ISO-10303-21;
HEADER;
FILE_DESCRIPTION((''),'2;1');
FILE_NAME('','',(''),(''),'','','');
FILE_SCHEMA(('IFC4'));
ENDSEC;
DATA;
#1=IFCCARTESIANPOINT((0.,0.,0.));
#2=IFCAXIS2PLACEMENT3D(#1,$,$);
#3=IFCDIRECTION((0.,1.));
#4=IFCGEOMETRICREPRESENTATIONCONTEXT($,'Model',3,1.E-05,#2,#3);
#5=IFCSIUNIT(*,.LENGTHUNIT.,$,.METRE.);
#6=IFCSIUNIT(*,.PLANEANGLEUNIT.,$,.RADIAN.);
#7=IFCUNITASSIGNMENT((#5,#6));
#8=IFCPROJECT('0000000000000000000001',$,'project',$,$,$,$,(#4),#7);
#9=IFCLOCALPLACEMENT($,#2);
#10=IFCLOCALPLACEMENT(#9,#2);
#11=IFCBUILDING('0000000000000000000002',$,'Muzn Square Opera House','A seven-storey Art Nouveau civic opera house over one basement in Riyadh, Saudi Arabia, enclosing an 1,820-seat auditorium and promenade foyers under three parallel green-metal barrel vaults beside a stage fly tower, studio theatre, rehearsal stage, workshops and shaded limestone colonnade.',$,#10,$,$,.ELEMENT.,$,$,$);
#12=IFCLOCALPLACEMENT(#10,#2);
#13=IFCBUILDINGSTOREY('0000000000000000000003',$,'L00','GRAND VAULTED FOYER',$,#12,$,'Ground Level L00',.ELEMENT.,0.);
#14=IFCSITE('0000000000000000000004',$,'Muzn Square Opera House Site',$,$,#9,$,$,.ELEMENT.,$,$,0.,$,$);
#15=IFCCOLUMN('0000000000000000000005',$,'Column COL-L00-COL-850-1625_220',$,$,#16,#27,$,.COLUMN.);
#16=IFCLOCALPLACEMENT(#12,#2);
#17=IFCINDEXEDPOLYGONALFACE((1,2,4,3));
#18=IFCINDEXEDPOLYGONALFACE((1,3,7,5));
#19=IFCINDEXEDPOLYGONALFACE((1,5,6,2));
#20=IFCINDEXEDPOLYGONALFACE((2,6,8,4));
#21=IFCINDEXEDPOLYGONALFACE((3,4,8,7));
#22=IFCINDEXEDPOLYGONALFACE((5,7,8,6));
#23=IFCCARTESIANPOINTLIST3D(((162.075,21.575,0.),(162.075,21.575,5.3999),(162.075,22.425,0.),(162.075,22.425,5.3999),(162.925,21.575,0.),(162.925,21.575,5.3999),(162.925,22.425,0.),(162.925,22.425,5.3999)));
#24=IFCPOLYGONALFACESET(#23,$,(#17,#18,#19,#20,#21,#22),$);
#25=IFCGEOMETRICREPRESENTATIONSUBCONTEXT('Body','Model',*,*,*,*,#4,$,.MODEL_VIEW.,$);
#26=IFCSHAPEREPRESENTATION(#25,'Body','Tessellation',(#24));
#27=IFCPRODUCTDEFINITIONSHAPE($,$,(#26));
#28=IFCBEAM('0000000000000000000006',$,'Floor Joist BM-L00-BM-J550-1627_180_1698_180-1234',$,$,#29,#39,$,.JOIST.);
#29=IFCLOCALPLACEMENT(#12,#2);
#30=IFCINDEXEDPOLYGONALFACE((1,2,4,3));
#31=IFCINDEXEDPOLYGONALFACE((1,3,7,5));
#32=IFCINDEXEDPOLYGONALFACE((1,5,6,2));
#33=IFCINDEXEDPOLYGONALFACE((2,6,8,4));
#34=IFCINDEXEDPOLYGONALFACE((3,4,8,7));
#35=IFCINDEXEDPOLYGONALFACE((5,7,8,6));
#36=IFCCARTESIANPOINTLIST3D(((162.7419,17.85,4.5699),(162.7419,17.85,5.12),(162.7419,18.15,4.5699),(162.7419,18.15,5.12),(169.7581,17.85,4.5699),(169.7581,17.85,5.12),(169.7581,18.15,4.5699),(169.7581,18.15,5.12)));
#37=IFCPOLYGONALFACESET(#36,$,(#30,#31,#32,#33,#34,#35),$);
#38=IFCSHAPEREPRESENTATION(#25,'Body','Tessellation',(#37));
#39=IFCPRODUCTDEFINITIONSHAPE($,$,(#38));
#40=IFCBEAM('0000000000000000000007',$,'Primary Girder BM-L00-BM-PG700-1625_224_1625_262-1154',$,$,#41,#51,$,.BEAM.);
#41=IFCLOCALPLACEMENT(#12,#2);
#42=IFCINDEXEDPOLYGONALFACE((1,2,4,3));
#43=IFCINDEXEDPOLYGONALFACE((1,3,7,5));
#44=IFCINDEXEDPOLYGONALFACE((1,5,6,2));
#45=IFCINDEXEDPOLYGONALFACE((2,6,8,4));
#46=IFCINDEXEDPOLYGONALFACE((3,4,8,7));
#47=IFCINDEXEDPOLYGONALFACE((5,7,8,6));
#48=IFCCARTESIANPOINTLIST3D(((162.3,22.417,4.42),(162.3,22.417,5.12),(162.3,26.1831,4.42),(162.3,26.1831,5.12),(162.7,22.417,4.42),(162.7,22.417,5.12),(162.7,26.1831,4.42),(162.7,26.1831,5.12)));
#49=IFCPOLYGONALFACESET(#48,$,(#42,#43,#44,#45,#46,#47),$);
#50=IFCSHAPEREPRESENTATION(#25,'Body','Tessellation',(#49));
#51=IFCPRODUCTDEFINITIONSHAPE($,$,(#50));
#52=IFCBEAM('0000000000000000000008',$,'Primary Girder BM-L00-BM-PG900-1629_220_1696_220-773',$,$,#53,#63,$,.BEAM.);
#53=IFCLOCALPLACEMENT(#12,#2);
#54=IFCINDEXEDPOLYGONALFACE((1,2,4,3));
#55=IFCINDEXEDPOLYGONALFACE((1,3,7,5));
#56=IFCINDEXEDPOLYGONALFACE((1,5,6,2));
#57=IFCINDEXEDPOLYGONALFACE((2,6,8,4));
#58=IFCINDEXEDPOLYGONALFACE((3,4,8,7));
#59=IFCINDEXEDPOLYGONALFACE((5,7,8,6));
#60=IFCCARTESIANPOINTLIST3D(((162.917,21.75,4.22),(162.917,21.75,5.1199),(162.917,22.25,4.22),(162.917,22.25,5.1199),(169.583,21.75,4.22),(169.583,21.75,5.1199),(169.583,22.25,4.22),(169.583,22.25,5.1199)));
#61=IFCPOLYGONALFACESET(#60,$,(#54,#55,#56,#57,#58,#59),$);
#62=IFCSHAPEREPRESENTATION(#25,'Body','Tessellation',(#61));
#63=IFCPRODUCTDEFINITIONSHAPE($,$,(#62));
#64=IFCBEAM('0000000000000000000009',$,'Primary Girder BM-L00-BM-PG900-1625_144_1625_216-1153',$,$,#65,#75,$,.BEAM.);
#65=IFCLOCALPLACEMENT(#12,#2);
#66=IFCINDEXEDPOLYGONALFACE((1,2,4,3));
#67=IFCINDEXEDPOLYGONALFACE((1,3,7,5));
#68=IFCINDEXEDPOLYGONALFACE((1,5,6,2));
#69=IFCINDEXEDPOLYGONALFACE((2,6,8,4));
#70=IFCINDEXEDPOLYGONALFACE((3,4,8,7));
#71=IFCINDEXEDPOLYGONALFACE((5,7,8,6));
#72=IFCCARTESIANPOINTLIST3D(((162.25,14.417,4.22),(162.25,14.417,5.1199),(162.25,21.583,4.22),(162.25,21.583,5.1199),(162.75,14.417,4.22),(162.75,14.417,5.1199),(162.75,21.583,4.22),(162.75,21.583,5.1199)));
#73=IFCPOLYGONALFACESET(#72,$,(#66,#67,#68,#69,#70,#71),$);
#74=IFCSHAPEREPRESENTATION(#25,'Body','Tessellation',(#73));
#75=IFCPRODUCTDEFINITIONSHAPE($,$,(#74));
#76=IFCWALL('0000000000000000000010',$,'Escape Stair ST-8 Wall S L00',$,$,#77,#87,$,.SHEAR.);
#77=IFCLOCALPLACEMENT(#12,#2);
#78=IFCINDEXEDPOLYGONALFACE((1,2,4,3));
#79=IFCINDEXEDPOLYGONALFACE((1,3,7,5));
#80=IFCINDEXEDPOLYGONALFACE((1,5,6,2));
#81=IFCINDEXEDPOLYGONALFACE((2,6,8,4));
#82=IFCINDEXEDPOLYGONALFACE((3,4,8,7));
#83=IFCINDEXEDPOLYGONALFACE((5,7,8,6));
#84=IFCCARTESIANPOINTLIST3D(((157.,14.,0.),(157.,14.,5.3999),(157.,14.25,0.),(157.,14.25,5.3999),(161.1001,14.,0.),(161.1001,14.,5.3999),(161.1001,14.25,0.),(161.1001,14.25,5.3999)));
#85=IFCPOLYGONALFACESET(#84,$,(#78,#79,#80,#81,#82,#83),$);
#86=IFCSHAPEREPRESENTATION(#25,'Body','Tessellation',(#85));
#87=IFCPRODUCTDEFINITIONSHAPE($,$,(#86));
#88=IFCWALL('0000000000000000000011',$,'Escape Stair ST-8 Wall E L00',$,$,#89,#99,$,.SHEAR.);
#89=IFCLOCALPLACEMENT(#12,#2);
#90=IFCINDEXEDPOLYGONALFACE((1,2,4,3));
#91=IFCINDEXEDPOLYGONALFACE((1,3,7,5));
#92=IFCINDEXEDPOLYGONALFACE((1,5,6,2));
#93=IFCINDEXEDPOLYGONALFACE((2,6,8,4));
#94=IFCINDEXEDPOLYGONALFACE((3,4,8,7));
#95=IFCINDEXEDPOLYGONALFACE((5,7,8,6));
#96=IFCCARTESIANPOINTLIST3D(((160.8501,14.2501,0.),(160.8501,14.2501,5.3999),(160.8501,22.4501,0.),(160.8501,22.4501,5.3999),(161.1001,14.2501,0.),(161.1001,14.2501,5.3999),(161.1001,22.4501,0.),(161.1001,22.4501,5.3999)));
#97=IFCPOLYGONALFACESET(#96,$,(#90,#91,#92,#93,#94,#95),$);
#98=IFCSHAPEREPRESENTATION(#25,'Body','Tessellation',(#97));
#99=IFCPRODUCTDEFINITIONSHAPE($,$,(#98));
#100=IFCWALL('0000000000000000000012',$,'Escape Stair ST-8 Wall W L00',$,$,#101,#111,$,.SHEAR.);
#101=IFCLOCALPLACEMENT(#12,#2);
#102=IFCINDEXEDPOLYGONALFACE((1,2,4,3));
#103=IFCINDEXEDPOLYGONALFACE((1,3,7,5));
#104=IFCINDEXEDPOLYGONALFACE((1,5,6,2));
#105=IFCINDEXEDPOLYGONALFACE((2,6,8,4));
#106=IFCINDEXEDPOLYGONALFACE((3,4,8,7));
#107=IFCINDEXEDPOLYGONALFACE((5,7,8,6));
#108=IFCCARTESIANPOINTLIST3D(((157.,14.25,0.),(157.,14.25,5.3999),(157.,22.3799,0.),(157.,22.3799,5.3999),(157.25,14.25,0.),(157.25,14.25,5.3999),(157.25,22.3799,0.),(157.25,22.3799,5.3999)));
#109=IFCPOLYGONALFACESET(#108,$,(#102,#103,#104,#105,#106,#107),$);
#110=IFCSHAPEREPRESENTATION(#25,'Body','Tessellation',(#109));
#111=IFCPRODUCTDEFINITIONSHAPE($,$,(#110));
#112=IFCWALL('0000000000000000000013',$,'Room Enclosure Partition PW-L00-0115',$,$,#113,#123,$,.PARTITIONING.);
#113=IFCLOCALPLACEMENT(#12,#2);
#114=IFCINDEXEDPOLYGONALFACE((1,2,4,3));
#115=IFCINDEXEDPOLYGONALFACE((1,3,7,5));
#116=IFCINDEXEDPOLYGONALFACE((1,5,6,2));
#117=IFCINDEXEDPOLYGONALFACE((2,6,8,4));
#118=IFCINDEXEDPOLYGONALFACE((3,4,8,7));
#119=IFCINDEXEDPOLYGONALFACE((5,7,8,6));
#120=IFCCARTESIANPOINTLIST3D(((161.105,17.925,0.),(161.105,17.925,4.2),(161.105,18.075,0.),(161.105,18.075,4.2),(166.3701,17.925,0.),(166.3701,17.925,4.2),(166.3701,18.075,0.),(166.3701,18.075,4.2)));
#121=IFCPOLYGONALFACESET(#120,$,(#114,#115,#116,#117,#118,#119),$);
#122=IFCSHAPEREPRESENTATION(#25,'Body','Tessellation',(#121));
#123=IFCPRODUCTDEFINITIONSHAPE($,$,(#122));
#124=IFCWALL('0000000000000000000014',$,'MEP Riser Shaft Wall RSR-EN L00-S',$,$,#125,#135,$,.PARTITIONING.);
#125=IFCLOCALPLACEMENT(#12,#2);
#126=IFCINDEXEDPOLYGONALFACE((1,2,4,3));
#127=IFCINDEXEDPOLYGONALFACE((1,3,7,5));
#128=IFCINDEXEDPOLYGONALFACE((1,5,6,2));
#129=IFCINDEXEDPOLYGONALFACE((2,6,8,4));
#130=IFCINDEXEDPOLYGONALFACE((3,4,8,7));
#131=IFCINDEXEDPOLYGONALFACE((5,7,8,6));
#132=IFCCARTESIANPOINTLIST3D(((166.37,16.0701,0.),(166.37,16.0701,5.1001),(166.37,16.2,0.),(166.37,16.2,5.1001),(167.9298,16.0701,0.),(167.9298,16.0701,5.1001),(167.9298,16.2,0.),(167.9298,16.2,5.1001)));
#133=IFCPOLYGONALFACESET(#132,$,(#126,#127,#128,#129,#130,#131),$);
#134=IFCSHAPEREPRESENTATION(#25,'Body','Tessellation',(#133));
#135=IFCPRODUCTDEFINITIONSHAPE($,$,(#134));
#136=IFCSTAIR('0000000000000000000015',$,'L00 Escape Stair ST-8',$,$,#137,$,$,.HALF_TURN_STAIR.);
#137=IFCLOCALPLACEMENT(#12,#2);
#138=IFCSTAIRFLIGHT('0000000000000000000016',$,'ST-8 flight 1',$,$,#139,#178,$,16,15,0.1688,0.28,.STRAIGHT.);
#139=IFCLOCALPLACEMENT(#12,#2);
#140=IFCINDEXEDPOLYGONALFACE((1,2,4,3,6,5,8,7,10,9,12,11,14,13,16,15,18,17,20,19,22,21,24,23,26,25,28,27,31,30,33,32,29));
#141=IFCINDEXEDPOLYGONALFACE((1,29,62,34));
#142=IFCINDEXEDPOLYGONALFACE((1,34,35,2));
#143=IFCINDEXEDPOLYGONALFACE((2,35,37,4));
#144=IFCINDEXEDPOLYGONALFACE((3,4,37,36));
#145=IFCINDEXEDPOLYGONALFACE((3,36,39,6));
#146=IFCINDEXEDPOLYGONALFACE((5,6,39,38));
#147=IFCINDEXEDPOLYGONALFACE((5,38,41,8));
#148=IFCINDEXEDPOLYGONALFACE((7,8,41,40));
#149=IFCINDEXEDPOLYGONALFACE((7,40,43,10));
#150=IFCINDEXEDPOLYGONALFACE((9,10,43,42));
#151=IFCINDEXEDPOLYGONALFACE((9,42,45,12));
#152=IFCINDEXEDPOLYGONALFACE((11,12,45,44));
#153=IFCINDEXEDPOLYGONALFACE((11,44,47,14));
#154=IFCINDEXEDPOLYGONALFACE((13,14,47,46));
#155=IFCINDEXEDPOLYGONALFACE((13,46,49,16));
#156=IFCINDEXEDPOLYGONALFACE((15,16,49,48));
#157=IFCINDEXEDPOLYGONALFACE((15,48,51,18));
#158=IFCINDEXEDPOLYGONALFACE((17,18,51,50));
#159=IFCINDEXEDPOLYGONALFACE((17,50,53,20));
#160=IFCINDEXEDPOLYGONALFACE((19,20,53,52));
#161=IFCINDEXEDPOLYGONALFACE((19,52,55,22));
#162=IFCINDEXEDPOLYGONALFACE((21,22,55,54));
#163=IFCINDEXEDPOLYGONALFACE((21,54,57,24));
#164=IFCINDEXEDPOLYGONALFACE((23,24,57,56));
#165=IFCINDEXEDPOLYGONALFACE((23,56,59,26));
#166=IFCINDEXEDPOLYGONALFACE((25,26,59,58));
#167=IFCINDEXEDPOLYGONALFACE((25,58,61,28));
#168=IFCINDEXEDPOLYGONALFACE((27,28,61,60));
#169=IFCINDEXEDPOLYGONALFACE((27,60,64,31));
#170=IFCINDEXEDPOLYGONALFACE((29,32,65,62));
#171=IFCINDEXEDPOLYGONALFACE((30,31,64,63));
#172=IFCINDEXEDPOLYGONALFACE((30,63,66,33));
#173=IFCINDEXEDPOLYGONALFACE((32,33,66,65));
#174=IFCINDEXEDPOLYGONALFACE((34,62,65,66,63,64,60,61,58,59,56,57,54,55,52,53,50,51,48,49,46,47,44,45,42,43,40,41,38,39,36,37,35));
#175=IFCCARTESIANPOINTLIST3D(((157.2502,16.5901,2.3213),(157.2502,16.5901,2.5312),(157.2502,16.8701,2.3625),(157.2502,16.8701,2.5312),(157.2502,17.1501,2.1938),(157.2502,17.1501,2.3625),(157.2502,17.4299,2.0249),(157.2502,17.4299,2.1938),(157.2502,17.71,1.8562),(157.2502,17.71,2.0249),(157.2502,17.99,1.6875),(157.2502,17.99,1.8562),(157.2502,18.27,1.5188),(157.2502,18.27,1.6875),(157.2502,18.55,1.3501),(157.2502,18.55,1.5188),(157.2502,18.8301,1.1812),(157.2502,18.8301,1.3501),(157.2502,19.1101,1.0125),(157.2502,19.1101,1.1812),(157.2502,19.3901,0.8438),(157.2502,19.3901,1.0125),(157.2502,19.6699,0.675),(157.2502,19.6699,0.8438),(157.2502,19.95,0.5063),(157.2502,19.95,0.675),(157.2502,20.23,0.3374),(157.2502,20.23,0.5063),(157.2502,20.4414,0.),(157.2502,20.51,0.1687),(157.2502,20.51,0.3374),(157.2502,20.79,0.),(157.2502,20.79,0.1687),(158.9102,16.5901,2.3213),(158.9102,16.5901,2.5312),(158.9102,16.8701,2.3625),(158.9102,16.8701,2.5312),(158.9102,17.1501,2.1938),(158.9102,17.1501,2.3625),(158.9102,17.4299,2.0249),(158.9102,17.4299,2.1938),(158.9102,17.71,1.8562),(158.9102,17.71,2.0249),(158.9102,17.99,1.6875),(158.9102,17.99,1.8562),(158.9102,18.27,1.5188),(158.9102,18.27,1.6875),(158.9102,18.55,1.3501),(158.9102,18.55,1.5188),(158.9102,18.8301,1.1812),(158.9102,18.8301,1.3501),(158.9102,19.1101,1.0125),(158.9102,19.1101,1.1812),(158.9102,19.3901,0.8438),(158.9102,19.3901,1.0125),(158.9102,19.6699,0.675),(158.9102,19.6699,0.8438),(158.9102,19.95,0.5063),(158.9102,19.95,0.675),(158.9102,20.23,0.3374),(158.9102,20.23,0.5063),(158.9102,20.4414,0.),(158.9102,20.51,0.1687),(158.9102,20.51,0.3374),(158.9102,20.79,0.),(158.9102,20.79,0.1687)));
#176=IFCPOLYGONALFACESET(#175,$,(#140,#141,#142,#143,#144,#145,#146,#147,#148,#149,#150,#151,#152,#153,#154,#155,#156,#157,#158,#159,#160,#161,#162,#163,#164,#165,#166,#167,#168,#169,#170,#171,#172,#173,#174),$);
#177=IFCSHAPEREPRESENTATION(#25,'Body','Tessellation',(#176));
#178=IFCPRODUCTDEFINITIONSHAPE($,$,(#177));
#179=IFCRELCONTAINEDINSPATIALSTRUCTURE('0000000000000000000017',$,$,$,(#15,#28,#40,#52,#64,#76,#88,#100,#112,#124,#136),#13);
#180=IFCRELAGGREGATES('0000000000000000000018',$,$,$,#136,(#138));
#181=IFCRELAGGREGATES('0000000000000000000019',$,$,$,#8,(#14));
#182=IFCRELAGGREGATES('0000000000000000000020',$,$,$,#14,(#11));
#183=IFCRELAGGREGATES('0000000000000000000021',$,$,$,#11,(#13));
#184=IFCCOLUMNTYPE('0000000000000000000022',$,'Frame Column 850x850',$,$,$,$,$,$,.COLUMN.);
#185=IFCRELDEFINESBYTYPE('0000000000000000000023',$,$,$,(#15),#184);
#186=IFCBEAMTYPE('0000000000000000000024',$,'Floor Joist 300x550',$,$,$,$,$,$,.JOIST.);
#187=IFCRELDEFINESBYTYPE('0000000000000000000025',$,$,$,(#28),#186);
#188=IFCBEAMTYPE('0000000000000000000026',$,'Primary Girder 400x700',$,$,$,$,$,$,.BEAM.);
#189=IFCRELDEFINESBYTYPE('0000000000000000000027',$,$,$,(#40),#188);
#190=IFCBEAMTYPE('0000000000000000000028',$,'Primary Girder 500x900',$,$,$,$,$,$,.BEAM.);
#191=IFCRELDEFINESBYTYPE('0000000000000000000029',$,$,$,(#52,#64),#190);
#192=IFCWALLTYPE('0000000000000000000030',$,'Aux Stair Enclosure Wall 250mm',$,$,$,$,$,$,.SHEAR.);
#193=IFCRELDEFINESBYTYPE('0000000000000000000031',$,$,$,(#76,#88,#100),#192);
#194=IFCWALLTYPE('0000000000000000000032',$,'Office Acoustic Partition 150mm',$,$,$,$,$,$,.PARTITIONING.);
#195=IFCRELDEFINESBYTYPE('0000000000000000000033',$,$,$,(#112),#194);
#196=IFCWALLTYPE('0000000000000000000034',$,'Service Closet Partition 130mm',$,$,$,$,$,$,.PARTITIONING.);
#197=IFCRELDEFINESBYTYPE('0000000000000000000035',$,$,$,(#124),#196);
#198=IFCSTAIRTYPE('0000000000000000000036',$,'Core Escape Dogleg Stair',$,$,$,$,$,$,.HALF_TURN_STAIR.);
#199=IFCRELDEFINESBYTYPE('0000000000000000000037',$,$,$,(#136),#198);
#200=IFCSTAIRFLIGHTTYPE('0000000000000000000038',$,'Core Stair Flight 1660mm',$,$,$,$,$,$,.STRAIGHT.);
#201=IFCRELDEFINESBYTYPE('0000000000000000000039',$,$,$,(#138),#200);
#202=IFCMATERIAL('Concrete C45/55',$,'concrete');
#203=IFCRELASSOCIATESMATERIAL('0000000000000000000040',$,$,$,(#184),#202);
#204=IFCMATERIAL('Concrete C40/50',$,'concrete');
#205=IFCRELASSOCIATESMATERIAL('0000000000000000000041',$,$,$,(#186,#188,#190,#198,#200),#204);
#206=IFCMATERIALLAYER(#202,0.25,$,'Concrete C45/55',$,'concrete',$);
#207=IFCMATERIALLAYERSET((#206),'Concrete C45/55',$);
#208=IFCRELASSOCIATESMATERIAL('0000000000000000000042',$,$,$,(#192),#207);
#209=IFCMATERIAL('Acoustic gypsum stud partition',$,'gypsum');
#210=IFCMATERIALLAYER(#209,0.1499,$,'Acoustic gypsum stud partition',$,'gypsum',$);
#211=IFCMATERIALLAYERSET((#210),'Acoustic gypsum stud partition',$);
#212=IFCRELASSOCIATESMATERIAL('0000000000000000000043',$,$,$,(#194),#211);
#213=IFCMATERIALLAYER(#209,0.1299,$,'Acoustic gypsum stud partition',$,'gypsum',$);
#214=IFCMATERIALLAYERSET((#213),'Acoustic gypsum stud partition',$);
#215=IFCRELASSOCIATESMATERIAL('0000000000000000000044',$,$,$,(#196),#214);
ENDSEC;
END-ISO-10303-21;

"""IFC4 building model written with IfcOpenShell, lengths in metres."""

from ifc_helpers import new_model, si_unit, direction, frame, frame_2d, origin, origin_2d, place, context, subcontext, project, spatial, polyline, rectangle, outline, extrude, material, layer, layer_set, material_profile, profile_set, type_object, element, aggregate, save


model = new_model("IFC4")

# Units and contexts
model_context = context("Model", 3, precision=1e-05, world=origin(), true_north=direction((0.0, 1.0)))
body_context = subcontext(model_context, "Body", "Model", "MODEL_VIEW")
ifc_project = project(units=[si_unit("LENGTHUNIT", "METRE"), si_unit("PLANEANGLEUNIT", "RADIAN")], contexts=[model_context])

# Site, building, storey
site_placement = place(None, origin())
site = spatial("IfcSite", under=ifc_project, at=site_placement, Name="Muzn Square Opera House Site", CompositionType="ELEMENT", RefElevation=0.0)
building_placement = place(site_placement, origin())
building = spatial("IfcBuilding", under=site, at=building_placement, Name="Muzn Square Opera House", Description="A seven-storey Art Nouveau civic opera house over one basement in Riyadh, Saudi Arabia, enclosing an 1,820-seat auditorium and promenade foyers under three parallel green-metal barrel vaults beside a stage fly tower, studio theatre, rehearsal stage, workshops and shaded limestone colonnade.", CompositionType="ELEMENT")
storey_placement = place(building_placement, origin())
storey = spatial("IfcBuildingStorey", under=building, at=storey_placement, Name="L00", Description="GRAND VAULTED FOYER", LongName="Ground Level L00", CompositionType="ELEMENT", Elevation=0.0)

# Column
ifc_material_1 = material(Name="Concrete C45/55", Category="concrete")
ifc_material_profile_1 = material_profile(ifc_material_1, rectangle(XDim=0.8501, YDim=0.8501, at=origin_2d()), Name="RC 850x850", Category="concrete")
ifc_profile_set_1 = profile_set([ifc_material_profile_1], Name="Concrete C45/55")
column_type = type_object("IfcColumnType", Name="Frame Column 850x850", PredefinedType="COLUMN", material=ifc_profile_set_1)
column_placement = place(storey_placement, frame((162.5, 22.0, 0.0), z_axis=(0.0, 0.0, 1.0), x_axis=(1.0, 0.0, 0.0)))
element("IfcColumn", 1, at=column_placement, inside=storey, type_object=column_type, Name="Column COL-L00-COL-850-1625_220", PredefinedType="COLUMN", context=body_context, shape_type="SweptSolid", body=[
    extrude(rectangle(XDim=0.8501, YDim=0.8501, at=origin_2d()), origin(), (0.0, 0.0, 1.0), 5.3999),
])

# Beams
ifc_material_2 = material(Name="Concrete C40/50", Category="concrete")
ifc_material_profile_2 = material_profile(ifc_material_2, rectangle(XDim=0.3, YDim=0.55, at=origin_2d()), Name="RCJ 300x550", Category="concrete")
ifc_profile_set_2 = profile_set([ifc_material_profile_2], Name="Concrete C40/50")
beam_type_1 = type_object("IfcBeamType", Name="Floor Joist 300x550", PredefinedType="JOIST", material=ifc_profile_set_2)
beam_1_placement = place(storey_placement, frame((162.7419, 18.0, 4.845), z_axis=(1.0, 0.0, 0.0), x_axis=(0.0, 1.0, 0.0)))
element("IfcBeam", 2, at=beam_1_placement, inside=storey, type_object=beam_type_1, Name="Floor Joist BM-L00-BM-J550-1627_180_1698_180-1234", PredefinedType="JOIST", context=body_context, shape_type="SweptSolid", body=[
    extrude(rectangle(XDim=0.3, YDim=0.55, at=origin_2d()), origin(), (0.0, 0.0, 1.0), 7.0161),
])
ifc_material_profile_3 = material_profile(ifc_material_2, rectangle(XDim=0.3999, YDim=0.7, at=origin_2d()), Name="RCB 400x700", Category="concrete")
ifc_profile_set_3 = profile_set([ifc_material_profile_3], Name="Concrete C40/50")
beam_type_2 = type_object("IfcBeamType", Name="Primary Girder 400x700", PredefinedType="BEAM", material=ifc_profile_set_3)
beam_2_placement = place(storey_placement, frame((162.5, 22.417, 4.77), z_axis=(0.0, 1.0, 0.0), x_axis=(-1.0, 0.0, 0.0)))
element("IfcBeam", 3, at=beam_2_placement, inside=storey, type_object=beam_type_2, Name="Primary Girder BM-L00-BM-PG700-1625_224_1625_262-1154", PredefinedType="BEAM", context=body_context, shape_type="SweptSolid", body=[
    extrude(rectangle(XDim=0.3999, YDim=0.7, at=origin_2d()), origin(), (0.0, 0.0, 1.0), 3.7661),
])
ifc_material_profile_4 = material_profile(ifc_material_2, rectangle(XDim=0.5, YDim=0.8999, at=origin_2d()), Name="RCB 500x900", Category="concrete")
ifc_profile_set_4 = profile_set([ifc_material_profile_4], Name="Concrete C40/50")
beam_type_3 = type_object("IfcBeamType", Name="Primary Girder 500x900", PredefinedType="BEAM", material=ifc_profile_set_4)
beam_3_placement = place(storey_placement, frame((162.917, 22.0, 4.6699), z_axis=(1.0, 0.0, 0.0), x_axis=(0.0, 1.0, 0.0)))
element("IfcBeam", 4, at=beam_3_placement, inside=storey, type_object=beam_type_3, Name="Primary Girder BM-L00-BM-PG900-1629_220_1696_220-773", PredefinedType="BEAM", context=body_context, shape_type="SweptSolid", body=[
    extrude(rectangle(XDim=0.5, YDim=0.8999, at=origin_2d()), origin(), (0.0, 0.0, 1.0), 6.666),
])
beam_4_placement = place(storey_placement, frame((162.5, 14.417, 4.6699), z_axis=(0.0, 1.0, 0.0), x_axis=(-1.0, 0.0, 0.0)))
element("IfcBeam", 5, at=beam_4_placement, inside=storey, type_object=beam_type_3, Name="Primary Girder BM-L00-BM-PG900-1625_144_1625_216-1153", PredefinedType="BEAM", context=body_context, shape_type="SweptSolid", body=[
    extrude(rectangle(XDim=0.5, YDim=0.8999, at=origin_2d()), origin(), (0.0, 0.0, 1.0), 7.166),
])

# Walls
ifc_layer_1 = layer(ifc_material_1, 0.25, Name="Concrete C45/55", Category="concrete")
ifc_layer_set_1 = layer_set([ifc_layer_1], Name="Concrete C45/55")
wall_type_1 = type_object("IfcWallType", Name="Aux Stair Enclosure Wall 250mm", PredefinedType="SHEAR", material=ifc_layer_set_1)
wall_1_placement = place(storey_placement, frame((157.0, 14.125, 0.0), z_axis=(0.0, 0.0, 1.0), x_axis=(1.0, 0.0, 0.0)))
element("IfcWall", 6, at=wall_1_placement, inside=storey, type_object=wall_type_1, Name="Escape Stair ST-8 Wall S L00", PredefinedType="SHEAR", context=body_context, shape_type="SweptSolid", body=[
    extrude(rectangle(XDim=4.1001, YDim=0.25, at=frame_2d((2.05, 0.0))), origin(), (0.0, 0.0, 1.0), 5.3999),
])
wall_2_placement = place(storey_placement, frame((160.9751, 14.25, 0.0), z_axis=(0.0, 0.0, 1.0), x_axis=(0.0, 1.0, 0.0)))
element("IfcWall", 7, at=wall_2_placement, inside=storey, type_object=wall_type_1, Name="Escape Stair ST-8 Wall E L00", PredefinedType="SHEAR", context=body_context, shape_type="SweptSolid", body=[
    extrude(rectangle(XDim=8.2, YDim=0.25, at=frame_2d((4.1001, 0.0))), origin(), (0.0, 0.0, 1.0), 5.3999),
])

# Wall
wall_3_placement = place(storey_placement, frame((157.125, 14.25, 0.0), z_axis=(0.0, 0.0, 1.0), x_axis=(0.0, 1.0, 0.0)))
element("IfcWall", 8, at=wall_3_placement, inside=storey, type_object=wall_type_1, Name="Escape Stair ST-8 Wall W L00", PredefinedType="SHEAR", context=body_context, shape_type="SweptSolid", body=[
    extrude(rectangle(XDim=8.1299, YDim=0.25, at=frame_2d((4.0649, 0.0))), origin(), (0.0, 0.0, 1.0), 5.3999),
])

# Shared definitions
ifc_material_3 = material(Name="Acoustic gypsum stud partition", Category="gypsum")
ifc_layer_2 = layer(ifc_material_3, 0.1499, Name="Acoustic gypsum stud partition", Category="gypsum")
ifc_layer_set_2 = layer_set([ifc_layer_2], Name="Acoustic gypsum stud partition")
wall_type_2 = type_object("IfcWallType", Name="Office Acoustic Partition 150mm", PredefinedType="PARTITIONING", material=ifc_layer_set_2)

# Walls
wall_4_placement = place(storey_placement, frame((161.105, 18.0, 0.0), z_axis=(0.0, 0.0, 1.0), x_axis=(1.0, 0.0, 0.0)))
element("IfcWall", 9, at=wall_4_placement, inside=storey, type_object=wall_type_2, Name="Room Enclosure Partition PW-L00-0115", PredefinedType="PARTITIONING", context=body_context, shape_type="SweptSolid", body=[
    extrude(rectangle(XDim=5.2651, YDim=0.1499, at=frame_2d((2.6326, 0.0))), origin(), (0.0, 0.0, 1.0), 4.2),
])
ifc_layer_3 = layer(ifc_material_3, 0.1299, Name="Acoustic gypsum stud partition", Category="gypsum")
ifc_layer_set_3 = layer_set([ifc_layer_3], Name="Acoustic gypsum stud partition")
wall_type_3 = type_object("IfcWallType", Name="Service Closet Partition 130mm", PredefinedType="PARTITIONING", material=ifc_layer_set_3)
wall_5_placement = place(storey_placement, frame((166.3701, 16.135, 0.0), z_axis=(0.0, 0.0, 1.0), x_axis=(1.0, 0.0, 0.0)))
element("IfcWall", 10, at=wall_5_placement, inside=storey, type_object=wall_type_3, Name="MEP Riser Shaft Wall RSR-EN L00-S", PredefinedType="PARTITIONING", context=body_context, shape_type="SweptSolid", body=[
    extrude(rectangle(XDim=1.5598, YDim=0.1299, at=frame_2d((0.7798, 0.0))), origin(), (0.0, 0.0, 1.0), 5.1001),
])

# Stair, stair flight
stair_type = type_object("IfcStairType", Name="Core Escape Dogleg Stair", PredefinedType="HALF_TURN_STAIR", material=ifc_material_2)
stair_placement = place(storey_placement, origin())
stair = element("IfcStair", 11, at=stair_placement, inside=storey, type_object=stair_type, Name="L00 Escape Stair ST-8", PredefinedType="HALF_TURN_STAIR")
stair_flight_type = type_object("IfcStairFlightType", Name="Core Stair Flight 1660mm", PredefinedType="STRAIGHT", material=ifc_material_2)
stair_flight_1_placement = place(storey_placement, frame((158.0801, 20.79, 0.0), z_axis=(0.0, 0.0, 1.0), x_axis=(0.0, -1.0, 0.0)))
stair_flight_1 = element("IfcStairFlight", 12, at=stair_flight_1_placement, type_object=stair_flight_type, Name="ST-8 flight 1", NumberOfRisers=16, NumberOfTreads=15, PredefinedType="STRAIGHT", RiserHeight=0.1688, TreadLength=0.28, context=body_context, shape_type="SweptSolid", body=[
    extrude(outline(polyline([(0.0, 0.0), (0.0, 0.1687), (0.28, 0.1687), (0.28, 0.3374), (0.5601, 0.3374), (0.5601, 0.5063), (0.8401, 0.5063), (0.8401, 0.675), (1.1201, 0.675), (1.1201, 0.8438), (1.3999, 0.8438), (1.3999, 1.0125), (1.6799, 1.0125), (1.6799, 1.1812), (1.96, 1.1812), (1.96, 1.3501), (2.24, 1.3501), (2.24, 1.5188), (2.52, 1.5188), (2.52, 1.6875), (2.8, 1.6875), (2.8, 1.8562), (3.0801, 1.8562), (3.0801, 2.0249), (3.3601, 2.0249), (3.3601, 2.1938), (3.6399, 2.1938), (3.6399, 2.3625), (3.9199, 2.3625), (3.9199, 2.5312), (4.2, 2.5312), (4.2, 2.7), (4.2, 2.3213), (0.3486, 0.0), (0.0, 0.0)])), frame((0.0, 0.8301, 0.0), z_axis=(0.0, -1.0, 0.0), x_axis=(1.0, 0.0, 0.0)), (0.0, 0.0, 1.0), 1.6599),
])
aggregate(stair, [stair_flight_1])

save(model, "model.ifc")
